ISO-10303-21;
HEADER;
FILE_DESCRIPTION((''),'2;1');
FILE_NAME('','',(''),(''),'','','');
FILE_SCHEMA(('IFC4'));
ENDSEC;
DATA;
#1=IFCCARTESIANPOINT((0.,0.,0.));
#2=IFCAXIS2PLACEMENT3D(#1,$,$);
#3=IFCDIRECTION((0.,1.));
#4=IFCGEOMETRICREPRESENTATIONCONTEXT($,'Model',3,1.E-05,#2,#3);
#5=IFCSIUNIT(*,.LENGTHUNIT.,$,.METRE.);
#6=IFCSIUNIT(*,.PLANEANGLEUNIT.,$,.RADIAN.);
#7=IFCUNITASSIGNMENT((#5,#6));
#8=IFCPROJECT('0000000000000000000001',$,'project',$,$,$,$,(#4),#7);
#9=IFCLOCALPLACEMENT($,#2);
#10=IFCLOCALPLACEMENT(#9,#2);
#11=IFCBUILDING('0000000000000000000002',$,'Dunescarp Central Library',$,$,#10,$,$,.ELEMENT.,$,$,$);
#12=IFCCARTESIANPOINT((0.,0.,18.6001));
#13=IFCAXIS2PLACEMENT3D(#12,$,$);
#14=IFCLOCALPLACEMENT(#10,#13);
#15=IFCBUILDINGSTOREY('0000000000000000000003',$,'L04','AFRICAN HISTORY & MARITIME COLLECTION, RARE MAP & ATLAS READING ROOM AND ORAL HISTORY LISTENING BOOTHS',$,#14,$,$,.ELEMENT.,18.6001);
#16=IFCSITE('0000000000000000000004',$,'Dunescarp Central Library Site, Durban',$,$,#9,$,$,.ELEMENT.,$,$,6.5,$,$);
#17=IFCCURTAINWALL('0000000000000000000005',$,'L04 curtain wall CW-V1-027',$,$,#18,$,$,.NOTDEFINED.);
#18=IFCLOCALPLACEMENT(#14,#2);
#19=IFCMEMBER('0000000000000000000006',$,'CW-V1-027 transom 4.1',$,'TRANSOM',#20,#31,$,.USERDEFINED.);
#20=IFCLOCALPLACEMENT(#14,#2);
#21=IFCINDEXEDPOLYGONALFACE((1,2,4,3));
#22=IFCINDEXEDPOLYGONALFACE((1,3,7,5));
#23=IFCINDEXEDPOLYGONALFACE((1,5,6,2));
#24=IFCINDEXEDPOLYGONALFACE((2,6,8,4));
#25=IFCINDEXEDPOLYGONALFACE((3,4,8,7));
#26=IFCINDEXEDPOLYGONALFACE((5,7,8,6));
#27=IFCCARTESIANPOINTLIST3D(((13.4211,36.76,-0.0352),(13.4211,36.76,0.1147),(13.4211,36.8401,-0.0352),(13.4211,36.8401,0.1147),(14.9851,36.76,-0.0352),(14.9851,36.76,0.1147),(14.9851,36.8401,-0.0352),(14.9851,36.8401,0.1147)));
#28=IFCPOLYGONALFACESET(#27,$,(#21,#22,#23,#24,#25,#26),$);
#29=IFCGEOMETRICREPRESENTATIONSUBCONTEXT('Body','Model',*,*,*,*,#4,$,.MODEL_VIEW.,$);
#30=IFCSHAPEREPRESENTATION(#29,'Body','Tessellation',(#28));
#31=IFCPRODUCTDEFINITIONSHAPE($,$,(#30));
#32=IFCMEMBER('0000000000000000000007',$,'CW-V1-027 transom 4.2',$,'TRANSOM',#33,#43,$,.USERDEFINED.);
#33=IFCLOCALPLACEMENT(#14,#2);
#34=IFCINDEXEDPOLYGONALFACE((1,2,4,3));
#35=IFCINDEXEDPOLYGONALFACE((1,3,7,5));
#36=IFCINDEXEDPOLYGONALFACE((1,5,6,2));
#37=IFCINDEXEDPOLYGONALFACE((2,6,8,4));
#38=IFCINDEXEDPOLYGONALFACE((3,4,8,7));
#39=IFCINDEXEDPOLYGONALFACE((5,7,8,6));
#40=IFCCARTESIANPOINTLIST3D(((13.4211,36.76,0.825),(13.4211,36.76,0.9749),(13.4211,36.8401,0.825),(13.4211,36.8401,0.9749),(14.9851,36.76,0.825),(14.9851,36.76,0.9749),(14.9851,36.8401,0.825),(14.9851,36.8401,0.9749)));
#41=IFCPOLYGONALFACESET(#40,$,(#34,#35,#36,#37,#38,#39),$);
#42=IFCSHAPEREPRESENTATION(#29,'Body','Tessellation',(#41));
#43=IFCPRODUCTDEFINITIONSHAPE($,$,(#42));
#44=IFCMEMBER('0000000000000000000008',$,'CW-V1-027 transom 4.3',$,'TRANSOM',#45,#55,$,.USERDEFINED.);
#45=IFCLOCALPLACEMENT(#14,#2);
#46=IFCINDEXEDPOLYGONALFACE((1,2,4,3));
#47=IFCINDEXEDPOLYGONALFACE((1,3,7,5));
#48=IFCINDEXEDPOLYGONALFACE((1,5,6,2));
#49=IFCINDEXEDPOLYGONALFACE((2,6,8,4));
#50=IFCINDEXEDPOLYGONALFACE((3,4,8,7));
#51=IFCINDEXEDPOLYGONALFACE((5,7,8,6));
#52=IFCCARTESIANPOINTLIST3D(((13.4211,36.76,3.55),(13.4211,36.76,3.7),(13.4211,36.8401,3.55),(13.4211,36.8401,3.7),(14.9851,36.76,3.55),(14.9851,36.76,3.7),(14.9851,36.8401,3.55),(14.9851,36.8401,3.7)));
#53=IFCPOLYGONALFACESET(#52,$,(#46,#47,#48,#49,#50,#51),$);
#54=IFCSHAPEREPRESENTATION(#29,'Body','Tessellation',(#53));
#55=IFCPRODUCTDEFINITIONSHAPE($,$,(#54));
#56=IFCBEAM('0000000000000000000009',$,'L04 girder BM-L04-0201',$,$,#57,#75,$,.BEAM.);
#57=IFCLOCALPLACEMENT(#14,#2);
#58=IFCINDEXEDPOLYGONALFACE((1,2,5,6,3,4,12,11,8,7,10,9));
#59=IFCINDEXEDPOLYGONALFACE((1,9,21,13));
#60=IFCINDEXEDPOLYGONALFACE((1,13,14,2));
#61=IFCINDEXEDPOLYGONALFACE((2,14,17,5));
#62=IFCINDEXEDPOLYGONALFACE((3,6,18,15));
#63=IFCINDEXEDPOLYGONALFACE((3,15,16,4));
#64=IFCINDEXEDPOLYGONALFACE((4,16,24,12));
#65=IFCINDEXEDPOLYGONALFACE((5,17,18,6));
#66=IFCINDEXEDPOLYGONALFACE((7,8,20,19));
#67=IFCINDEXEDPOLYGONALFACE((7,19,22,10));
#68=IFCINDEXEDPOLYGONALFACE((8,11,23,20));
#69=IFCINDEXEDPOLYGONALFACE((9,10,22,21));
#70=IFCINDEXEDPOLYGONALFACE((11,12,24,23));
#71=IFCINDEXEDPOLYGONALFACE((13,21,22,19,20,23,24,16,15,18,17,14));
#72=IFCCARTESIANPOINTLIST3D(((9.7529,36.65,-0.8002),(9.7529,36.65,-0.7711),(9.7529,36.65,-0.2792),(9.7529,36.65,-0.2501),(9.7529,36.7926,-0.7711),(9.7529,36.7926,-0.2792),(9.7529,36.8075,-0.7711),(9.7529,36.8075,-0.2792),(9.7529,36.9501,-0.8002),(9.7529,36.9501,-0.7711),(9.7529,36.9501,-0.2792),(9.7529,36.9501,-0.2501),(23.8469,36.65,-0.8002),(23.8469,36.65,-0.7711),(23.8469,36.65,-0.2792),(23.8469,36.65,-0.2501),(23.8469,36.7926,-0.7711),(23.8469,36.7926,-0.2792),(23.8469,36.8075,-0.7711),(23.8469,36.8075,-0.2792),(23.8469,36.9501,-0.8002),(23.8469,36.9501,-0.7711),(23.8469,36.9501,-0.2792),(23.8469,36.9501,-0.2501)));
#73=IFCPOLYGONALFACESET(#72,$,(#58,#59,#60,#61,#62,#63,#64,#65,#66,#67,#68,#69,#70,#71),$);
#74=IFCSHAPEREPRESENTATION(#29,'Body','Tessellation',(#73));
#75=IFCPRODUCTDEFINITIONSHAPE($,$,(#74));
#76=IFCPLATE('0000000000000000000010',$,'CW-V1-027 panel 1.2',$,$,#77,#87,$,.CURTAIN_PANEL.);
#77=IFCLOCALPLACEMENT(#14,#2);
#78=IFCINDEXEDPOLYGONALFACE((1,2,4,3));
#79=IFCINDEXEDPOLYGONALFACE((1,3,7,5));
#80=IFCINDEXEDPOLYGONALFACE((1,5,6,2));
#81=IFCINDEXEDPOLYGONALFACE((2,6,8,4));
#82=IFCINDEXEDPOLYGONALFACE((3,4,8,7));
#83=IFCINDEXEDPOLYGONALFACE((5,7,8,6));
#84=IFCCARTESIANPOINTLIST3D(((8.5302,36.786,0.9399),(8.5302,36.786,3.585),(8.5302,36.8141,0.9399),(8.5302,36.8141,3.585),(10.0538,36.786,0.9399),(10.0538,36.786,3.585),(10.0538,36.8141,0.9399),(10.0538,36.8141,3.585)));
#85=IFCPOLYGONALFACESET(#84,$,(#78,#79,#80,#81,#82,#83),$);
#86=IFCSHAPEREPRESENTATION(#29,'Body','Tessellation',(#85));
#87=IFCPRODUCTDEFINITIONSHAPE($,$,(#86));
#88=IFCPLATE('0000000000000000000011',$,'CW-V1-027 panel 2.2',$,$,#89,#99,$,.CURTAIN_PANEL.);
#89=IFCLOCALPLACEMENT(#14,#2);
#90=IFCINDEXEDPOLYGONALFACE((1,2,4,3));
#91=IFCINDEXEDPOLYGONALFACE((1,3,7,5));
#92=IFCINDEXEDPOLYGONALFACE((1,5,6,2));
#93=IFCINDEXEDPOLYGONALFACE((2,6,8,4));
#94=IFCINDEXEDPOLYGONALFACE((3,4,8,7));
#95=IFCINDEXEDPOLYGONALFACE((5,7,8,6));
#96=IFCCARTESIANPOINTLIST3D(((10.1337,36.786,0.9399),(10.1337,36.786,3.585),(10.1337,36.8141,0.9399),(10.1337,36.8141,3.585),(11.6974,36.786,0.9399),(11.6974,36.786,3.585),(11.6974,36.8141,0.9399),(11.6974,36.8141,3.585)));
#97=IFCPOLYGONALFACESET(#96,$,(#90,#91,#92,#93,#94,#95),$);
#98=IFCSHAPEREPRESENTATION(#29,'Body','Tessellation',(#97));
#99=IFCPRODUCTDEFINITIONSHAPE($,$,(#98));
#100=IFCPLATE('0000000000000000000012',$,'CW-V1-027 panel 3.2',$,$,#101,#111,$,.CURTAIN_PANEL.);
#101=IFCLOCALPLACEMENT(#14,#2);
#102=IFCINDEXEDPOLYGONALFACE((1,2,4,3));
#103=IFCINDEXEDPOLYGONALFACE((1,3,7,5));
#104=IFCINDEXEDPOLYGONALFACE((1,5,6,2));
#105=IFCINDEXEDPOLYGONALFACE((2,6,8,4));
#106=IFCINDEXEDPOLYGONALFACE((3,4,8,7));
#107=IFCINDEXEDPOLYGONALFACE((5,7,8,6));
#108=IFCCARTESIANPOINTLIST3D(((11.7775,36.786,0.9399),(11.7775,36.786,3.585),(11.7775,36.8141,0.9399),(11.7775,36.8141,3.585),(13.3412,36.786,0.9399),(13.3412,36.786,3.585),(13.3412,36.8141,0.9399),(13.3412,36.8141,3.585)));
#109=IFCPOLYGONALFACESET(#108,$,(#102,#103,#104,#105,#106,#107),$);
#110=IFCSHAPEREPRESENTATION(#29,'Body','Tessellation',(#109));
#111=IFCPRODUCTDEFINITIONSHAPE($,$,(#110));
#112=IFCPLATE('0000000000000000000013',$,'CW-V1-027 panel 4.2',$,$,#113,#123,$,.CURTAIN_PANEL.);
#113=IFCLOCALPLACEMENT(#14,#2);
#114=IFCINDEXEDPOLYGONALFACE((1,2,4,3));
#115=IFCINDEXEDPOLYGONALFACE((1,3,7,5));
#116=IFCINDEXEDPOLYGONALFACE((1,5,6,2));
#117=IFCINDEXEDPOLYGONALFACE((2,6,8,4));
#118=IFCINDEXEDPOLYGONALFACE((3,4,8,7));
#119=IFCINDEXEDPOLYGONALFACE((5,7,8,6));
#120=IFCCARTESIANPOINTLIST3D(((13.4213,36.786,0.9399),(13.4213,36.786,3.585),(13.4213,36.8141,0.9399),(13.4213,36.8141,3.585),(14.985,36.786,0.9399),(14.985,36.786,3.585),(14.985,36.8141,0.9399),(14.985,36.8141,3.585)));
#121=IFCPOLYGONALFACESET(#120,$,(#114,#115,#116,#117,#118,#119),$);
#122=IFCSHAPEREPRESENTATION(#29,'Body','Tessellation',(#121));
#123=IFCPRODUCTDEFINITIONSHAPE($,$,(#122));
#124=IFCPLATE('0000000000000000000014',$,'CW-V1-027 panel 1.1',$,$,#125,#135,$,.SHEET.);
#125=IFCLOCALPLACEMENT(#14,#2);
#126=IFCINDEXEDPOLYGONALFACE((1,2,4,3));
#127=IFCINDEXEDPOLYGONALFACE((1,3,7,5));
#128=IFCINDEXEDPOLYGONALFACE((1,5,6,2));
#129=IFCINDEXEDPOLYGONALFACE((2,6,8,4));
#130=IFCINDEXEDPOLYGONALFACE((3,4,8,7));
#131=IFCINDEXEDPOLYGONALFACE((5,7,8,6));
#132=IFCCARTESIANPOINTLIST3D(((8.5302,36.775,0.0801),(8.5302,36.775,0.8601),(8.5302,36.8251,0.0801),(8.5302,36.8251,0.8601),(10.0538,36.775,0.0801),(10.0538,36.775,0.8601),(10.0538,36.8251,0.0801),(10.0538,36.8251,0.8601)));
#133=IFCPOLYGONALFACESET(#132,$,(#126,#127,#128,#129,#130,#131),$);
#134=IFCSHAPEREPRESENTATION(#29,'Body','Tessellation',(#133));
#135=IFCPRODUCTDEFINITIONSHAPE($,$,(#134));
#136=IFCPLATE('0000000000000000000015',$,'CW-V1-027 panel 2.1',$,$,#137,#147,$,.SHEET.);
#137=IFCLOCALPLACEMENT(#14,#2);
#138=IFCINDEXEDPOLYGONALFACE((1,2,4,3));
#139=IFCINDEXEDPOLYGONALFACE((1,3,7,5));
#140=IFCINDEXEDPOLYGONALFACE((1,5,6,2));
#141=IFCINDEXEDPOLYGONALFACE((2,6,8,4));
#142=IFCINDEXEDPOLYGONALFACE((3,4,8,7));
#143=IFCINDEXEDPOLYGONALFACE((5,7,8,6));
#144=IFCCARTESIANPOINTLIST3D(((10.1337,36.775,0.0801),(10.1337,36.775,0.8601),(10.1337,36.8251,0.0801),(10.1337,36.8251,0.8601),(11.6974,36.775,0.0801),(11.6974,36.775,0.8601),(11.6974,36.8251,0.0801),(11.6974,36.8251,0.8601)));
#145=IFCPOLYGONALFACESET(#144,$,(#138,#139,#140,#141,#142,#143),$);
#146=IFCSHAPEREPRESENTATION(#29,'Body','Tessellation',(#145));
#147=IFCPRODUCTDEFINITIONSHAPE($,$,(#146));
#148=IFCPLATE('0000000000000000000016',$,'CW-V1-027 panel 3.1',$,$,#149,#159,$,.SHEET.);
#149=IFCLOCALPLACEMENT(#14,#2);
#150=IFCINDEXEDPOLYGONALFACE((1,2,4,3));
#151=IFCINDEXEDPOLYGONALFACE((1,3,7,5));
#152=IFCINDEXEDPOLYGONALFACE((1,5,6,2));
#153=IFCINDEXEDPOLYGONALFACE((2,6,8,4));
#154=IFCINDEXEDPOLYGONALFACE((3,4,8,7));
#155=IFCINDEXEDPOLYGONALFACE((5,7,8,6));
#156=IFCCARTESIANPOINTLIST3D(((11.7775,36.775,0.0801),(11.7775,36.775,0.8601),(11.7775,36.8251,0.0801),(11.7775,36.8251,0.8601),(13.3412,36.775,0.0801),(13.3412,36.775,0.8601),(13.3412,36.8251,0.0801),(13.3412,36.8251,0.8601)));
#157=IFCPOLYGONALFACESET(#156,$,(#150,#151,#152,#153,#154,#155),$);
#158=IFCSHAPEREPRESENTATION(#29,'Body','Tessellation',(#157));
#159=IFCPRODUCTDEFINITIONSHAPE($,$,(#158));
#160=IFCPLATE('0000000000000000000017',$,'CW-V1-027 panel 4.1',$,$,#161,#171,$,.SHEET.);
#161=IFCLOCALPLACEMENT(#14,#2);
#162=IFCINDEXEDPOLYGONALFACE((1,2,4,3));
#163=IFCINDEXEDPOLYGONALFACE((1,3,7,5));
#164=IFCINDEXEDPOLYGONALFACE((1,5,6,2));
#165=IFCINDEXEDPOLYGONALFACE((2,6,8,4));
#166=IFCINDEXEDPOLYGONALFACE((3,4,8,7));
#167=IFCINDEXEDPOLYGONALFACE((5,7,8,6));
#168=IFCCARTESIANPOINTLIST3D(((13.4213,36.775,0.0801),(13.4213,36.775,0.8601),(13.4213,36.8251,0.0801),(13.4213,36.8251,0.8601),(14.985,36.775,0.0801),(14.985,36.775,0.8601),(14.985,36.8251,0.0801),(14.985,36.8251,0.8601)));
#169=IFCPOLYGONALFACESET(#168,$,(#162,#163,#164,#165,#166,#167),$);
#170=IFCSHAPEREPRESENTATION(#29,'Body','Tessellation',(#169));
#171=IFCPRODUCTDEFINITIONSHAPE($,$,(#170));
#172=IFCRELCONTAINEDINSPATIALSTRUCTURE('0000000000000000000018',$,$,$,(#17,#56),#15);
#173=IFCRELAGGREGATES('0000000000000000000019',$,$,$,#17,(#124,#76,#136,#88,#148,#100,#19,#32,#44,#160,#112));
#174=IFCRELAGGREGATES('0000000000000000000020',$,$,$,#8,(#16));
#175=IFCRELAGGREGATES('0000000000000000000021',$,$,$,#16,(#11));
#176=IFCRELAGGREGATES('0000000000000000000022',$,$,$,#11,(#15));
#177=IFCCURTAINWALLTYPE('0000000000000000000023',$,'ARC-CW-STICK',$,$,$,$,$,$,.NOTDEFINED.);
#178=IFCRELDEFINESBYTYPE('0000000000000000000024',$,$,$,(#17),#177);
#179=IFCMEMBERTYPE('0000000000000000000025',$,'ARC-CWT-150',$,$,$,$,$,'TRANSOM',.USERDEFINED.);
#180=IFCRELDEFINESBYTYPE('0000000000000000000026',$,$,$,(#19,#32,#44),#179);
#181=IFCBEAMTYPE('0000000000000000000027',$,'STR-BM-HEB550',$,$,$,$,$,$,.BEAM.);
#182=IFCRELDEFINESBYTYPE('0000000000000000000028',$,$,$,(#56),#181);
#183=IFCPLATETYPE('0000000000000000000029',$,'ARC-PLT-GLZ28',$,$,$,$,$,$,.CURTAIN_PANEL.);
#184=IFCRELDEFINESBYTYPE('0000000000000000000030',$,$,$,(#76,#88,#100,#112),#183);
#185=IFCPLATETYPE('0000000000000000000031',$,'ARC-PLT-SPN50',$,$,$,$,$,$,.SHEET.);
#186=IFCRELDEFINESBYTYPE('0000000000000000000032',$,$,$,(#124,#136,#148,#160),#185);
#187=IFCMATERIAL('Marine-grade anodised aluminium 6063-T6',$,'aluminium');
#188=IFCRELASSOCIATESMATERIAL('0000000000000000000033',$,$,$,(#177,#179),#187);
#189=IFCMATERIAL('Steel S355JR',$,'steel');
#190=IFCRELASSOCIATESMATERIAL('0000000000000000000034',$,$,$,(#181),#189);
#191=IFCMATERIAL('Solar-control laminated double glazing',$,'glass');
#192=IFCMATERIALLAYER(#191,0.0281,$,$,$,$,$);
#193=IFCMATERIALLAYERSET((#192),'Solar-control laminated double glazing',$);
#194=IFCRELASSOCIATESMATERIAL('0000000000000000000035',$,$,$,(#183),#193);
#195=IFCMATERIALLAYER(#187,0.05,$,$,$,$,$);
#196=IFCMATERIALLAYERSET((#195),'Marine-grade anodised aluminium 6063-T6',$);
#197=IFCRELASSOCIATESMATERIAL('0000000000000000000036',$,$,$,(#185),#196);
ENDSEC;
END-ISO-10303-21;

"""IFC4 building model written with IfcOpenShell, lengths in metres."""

from ifc_helpers import new_model, si_unit, direction, frame, origin, origin_2d, place, context, subcontext, project, spatial, rectangle, i_section, extrude, material, layer, layer_set, material_profile, profile_set, type_object, element, aggregate, save


model = new_model("IFC4")

# Units and contexts
model_context = context("Model", 3, precision=1e-05, world=origin(), true_north=direction((0.0, 1.0)))
body_context = subcontext(model_context, "Body", "Model", "MODEL_VIEW")
ifc_project = project(units=[si_unit("LENGTHUNIT", "METRE"), si_unit("PLANEANGLEUNIT", "RADIAN")], contexts=[model_context])

# Site, building, storey
site_placement = place(None, origin())
site = spatial("IfcSite", under=ifc_project, at=site_placement, Name="Dunescarp Central Library Site, Durban", CompositionType="ELEMENT", RefElevation=6.5)
building_placement = place(site_placement, origin())
building = spatial("IfcBuilding", under=site, at=building_placement, Name="Dunescarp Central Library", CompositionType="ELEMENT")
storey_placement = place(building_placement, frame((0.0, 0.0, 18.6001)))
storey = spatial("IfcBuildingStorey", under=building, at=storey_placement, Name="L04", Description="AFRICAN HISTORY & MARITIME COLLECTION, RARE MAP & ATLAS READING ROOM AND ORAL HISTORY LISTENING BOOTHS", CompositionType="ELEMENT", Elevation=18.6001)

# Shared definitions
ifc_material_1 = material(Name="Steel S355JR", Category="steel")

# Curtain wall, members
ifc_material_2 = material(Name="Marine-grade anodised aluminium 6063-T6", Category="aluminium")
curtain_wall_type = type_object("IfcCurtainWallType", Name="ARC-CW-STICK", PredefinedType="NOTDEFINED", material=ifc_material_2)
curtain_wall_placement = place(storey_placement, origin())
curtain_wall = element("IfcCurtainWall", 1, at=curtain_wall_placement, inside=storey, type_object=curtain_wall_type, Name="L04 curtain wall CW-V1-027", PredefinedType="NOTDEFINED")
ifc_material_profile_1 = material_profile(ifc_material_2, rectangle(XDim=0.0801, YDim=0.1499, at=origin_2d()), Name="AL 80x150")
ifc_profile_set_1 = profile_set([ifc_material_profile_1], Name="Marine-grade anodised aluminium 6063-T6")
member_type_1 = type_object("IfcMemberType", Name="ARC-CWT-150", ElementType="TRANSOM", PredefinedType="USERDEFINED", material=ifc_profile_set_1)
member_1_placement = place(storey_placement, frame((13.4211, 36.8, 0.0398), z_axis=(1.0, 0.0, 0.0), x_axis=(0.0, 1.0, 0.0)))
member_1 = element("IfcMember", 2, at=member_1_placement, type_object=member_type_1, Name="CW-V1-027 transom 4.1", ObjectType="TRANSOM", PredefinedType="USERDEFINED", context=body_context, shape_type="SweptSolid", body=[
    extrude(rectangle(XDim=0.0801, YDim=0.1499, at=origin_2d()), origin(), (0.0, 0.0, 1.0), 1.564),
])
member_2_placement = place(storey_placement, frame((13.4211, 36.8, 0.8999), z_axis=(1.0, 0.0, 0.0), x_axis=(0.0, 1.0, 0.0)))
member_2 = element("IfcMember", 3, at=member_2_placement, type_object=member_type_1, Name="CW-V1-027 transom 4.2", ObjectType="TRANSOM", PredefinedType="USERDEFINED", context=body_context, shape_type="SweptSolid", body=[
    extrude(rectangle(XDim=0.0801, YDim=0.1499, at=origin_2d()), origin(), (0.0, 0.0, 1.0), 1.564),
])
member_3_placement = place(storey_placement, frame((13.4211, 36.8, 3.625), z_axis=(1.0, 0.0, 0.0), x_axis=(0.0, 1.0, 0.0)))
member_3 = element("IfcMember", 4, at=member_3_placement, type_object=member_type_1, Name="CW-V1-027 transom 4.3", ObjectType="TRANSOM", PredefinedType="USERDEFINED", context=body_context, shape_type="SweptSolid", body=[
    extrude(rectangle(XDim=0.0801, YDim=0.1499, at=origin_2d()), origin(), (0.0, 0.0, 1.0), 1.564),
])

# Beam
ifc_material_profile_2 = material_profile(ifc_material_1, i_section(OverallWidth=0.3, OverallDepth=0.55, WebThickness=0.0149, FlangeThickness=0.0291, at=origin_2d()), Name="HEB 550")
ifc_profile_set_2 = profile_set([ifc_material_profile_2], Name="Steel S355JR")
beam_type = type_object("IfcBeamType", Name="STR-BM-HEB550", PredefinedType="BEAM", material=ifc_profile_set_2)
beam_placement = place(storey_placement, frame((9.7529, 36.8, -0.5251), z_axis=(1.0, 0.0, 0.0), x_axis=(0.0, 1.0, 0.0)))
element("IfcBeam", 5, at=beam_placement, inside=storey, type_object=beam_type, Name="L04 girder BM-L04-0201", PredefinedType="BEAM", context=body_context, shape_type="SweptSolid", body=[
    extrude(i_section(OverallWidth=0.3, OverallDepth=0.55, WebThickness=0.0149, FlangeThickness=0.0291, at=origin_2d()), origin(), (0.0, 0.0, 1.0), 14.094),
])

# Plates
ifc_material_3 = material(Name="Solar-control laminated double glazing", Category="glass")
ifc_layer_1 = layer(ifc_material_3, 0.0281)
ifc_layer_set_1 = layer_set([ifc_layer_1], Name="Solar-control laminated double glazing")
plate_type_1 = type_object("IfcPlateType", Name="ARC-PLT-GLZ28", PredefinedType="CURTAIN_PANEL", material=ifc_layer_set_1)
plate_1_placement = place(storey_placement, frame((9.292, 36.8, 0.9399), z_axis=(0.0, 0.0, 1.0), x_axis=(1.0, 0.0, 0.0)))
plate_1 = element("IfcPlate", 6, at=plate_1_placement, type_object=plate_type_1, Name="CW-V1-027 panel 1.2", PredefinedType="CURTAIN_PANEL", context=body_context, shape_type="SweptSolid", body=[
    extrude(rectangle(XDim=1.5237, YDim=0.0281, at=origin_2d()), origin(), (0.0, 0.0, 1.0), 2.645),
])
plate_2_placement = place(storey_placement, frame((10.9155, 36.8, 0.9399), z_axis=(0.0, 0.0, 1.0), x_axis=(1.0, 0.0, 0.0)))
plate_2 = element("IfcPlate", 7, at=plate_2_placement, type_object=plate_type_1, Name="CW-V1-027 panel 2.2", PredefinedType="CURTAIN_PANEL", context=body_context, shape_type="SweptSolid", body=[
    extrude(rectangle(XDim=1.5637, YDim=0.0281, at=origin_2d()), origin(), (0.0, 0.0, 1.0), 2.645),
])
plate_3_placement = place(storey_placement, frame((12.5593, 36.8, 0.9399), z_axis=(0.0, 0.0, 1.0), x_axis=(1.0, 0.0, 0.0)))
plate_3 = element("IfcPlate", 8, at=plate_3_placement, type_object=plate_type_1, Name="CW-V1-027 panel 3.2", PredefinedType="CURTAIN_PANEL", context=body_context, shape_type="SweptSolid", body=[
    extrude(rectangle(XDim=1.5637, YDim=0.0281, at=origin_2d()), origin(), (0.0, 0.0, 1.0), 2.645),
])
plate_4_placement = place(storey_placement, frame((14.2031, 36.8, 0.9399), z_axis=(0.0, 0.0, 1.0), x_axis=(1.0, 0.0, 0.0)))
plate_4 = element("IfcPlate", 9, at=plate_4_placement, type_object=plate_type_1, Name="CW-V1-027 panel 4.2", PredefinedType="CURTAIN_PANEL", context=body_context, shape_type="SweptSolid", body=[
    extrude(rectangle(XDim=1.5637, YDim=0.0281, at=origin_2d()), origin(), (0.0, 0.0, 1.0), 2.645),
])
ifc_layer_2 = layer(ifc_material_2, 0.05)
ifc_layer_set_2 = layer_set([ifc_layer_2], Name="Marine-grade anodised aluminium 6063-T6")
plate_type_2 = type_object("IfcPlateType", Name="ARC-PLT-SPN50", PredefinedType="SHEET", material=ifc_layer_set_2)
plate_5_placement = place(storey_placement, frame((9.292, 36.8, 0.0801), z_axis=(0.0, 0.0, 1.0), x_axis=(1.0, 0.0, 0.0)))
plate_5 = element("IfcPlate", 10, at=plate_5_placement, type_object=plate_type_2, Name="CW-V1-027 panel 1.1", PredefinedType="SHEET", context=body_context, shape_type="SweptSolid", body=[
    extrude(rectangle(XDim=1.5237, YDim=0.05, at=origin_2d()), origin(), (0.0, 0.0, 1.0), 0.78),
])
plate_6_placement = place(storey_placement, frame((10.9155, 36.8, 0.0801), z_axis=(0.0, 0.0, 1.0), x_axis=(1.0, 0.0, 0.0)))
plate_6 = element("IfcPlate", 11, at=plate_6_placement, type_object=plate_type_2, Name="CW-V1-027 panel 2.1", PredefinedType="SHEET", context=body_context, shape_type="SweptSolid", body=[
    extrude(rectangle(XDim=1.5637, YDim=0.05, at=origin_2d()), origin(), (0.0, 0.0, 1.0), 0.78),
])
plate_7_placement = place(storey_placement, frame((12.5593, 36.8, 0.0801), z_axis=(0.0, 0.0, 1.0), x_axis=(1.0, 0.0, 0.0)))
plate_7 = element("IfcPlate", 12, at=plate_7_placement, type_object=plate_type_2, Name="CW-V1-027 panel 3.1", PredefinedType="SHEET", context=body_context, shape_type="SweptSolid", body=[
    extrude(rectangle(XDim=1.5637, YDim=0.05, at=origin_2d()), origin(), (0.0, 0.0, 1.0), 0.78),
])
plate_8_placement = place(storey_placement, frame((14.2031, 36.8, 0.0801), z_axis=(0.0, 0.0, 1.0), x_axis=(1.0, 0.0, 0.0)))
plate_8 = element("IfcPlate", 13, at=plate_8_placement, type_object=plate_type_2, Name="CW-V1-027 panel 4.1", PredefinedType="SHEET", context=body_context, shape_type="SweptSolid", body=[
    extrude(rectangle(XDim=1.5637, YDim=0.05, at=origin_2d()), origin(), (0.0, 0.0, 1.0), 0.78),
])
aggregate(curtain_wall, [plate_5, plate_1, plate_6, plate_2, plate_7, plate_3, member_1, member_2, member_3, plate_8, plate_4])

save(model, "model.ifc")
